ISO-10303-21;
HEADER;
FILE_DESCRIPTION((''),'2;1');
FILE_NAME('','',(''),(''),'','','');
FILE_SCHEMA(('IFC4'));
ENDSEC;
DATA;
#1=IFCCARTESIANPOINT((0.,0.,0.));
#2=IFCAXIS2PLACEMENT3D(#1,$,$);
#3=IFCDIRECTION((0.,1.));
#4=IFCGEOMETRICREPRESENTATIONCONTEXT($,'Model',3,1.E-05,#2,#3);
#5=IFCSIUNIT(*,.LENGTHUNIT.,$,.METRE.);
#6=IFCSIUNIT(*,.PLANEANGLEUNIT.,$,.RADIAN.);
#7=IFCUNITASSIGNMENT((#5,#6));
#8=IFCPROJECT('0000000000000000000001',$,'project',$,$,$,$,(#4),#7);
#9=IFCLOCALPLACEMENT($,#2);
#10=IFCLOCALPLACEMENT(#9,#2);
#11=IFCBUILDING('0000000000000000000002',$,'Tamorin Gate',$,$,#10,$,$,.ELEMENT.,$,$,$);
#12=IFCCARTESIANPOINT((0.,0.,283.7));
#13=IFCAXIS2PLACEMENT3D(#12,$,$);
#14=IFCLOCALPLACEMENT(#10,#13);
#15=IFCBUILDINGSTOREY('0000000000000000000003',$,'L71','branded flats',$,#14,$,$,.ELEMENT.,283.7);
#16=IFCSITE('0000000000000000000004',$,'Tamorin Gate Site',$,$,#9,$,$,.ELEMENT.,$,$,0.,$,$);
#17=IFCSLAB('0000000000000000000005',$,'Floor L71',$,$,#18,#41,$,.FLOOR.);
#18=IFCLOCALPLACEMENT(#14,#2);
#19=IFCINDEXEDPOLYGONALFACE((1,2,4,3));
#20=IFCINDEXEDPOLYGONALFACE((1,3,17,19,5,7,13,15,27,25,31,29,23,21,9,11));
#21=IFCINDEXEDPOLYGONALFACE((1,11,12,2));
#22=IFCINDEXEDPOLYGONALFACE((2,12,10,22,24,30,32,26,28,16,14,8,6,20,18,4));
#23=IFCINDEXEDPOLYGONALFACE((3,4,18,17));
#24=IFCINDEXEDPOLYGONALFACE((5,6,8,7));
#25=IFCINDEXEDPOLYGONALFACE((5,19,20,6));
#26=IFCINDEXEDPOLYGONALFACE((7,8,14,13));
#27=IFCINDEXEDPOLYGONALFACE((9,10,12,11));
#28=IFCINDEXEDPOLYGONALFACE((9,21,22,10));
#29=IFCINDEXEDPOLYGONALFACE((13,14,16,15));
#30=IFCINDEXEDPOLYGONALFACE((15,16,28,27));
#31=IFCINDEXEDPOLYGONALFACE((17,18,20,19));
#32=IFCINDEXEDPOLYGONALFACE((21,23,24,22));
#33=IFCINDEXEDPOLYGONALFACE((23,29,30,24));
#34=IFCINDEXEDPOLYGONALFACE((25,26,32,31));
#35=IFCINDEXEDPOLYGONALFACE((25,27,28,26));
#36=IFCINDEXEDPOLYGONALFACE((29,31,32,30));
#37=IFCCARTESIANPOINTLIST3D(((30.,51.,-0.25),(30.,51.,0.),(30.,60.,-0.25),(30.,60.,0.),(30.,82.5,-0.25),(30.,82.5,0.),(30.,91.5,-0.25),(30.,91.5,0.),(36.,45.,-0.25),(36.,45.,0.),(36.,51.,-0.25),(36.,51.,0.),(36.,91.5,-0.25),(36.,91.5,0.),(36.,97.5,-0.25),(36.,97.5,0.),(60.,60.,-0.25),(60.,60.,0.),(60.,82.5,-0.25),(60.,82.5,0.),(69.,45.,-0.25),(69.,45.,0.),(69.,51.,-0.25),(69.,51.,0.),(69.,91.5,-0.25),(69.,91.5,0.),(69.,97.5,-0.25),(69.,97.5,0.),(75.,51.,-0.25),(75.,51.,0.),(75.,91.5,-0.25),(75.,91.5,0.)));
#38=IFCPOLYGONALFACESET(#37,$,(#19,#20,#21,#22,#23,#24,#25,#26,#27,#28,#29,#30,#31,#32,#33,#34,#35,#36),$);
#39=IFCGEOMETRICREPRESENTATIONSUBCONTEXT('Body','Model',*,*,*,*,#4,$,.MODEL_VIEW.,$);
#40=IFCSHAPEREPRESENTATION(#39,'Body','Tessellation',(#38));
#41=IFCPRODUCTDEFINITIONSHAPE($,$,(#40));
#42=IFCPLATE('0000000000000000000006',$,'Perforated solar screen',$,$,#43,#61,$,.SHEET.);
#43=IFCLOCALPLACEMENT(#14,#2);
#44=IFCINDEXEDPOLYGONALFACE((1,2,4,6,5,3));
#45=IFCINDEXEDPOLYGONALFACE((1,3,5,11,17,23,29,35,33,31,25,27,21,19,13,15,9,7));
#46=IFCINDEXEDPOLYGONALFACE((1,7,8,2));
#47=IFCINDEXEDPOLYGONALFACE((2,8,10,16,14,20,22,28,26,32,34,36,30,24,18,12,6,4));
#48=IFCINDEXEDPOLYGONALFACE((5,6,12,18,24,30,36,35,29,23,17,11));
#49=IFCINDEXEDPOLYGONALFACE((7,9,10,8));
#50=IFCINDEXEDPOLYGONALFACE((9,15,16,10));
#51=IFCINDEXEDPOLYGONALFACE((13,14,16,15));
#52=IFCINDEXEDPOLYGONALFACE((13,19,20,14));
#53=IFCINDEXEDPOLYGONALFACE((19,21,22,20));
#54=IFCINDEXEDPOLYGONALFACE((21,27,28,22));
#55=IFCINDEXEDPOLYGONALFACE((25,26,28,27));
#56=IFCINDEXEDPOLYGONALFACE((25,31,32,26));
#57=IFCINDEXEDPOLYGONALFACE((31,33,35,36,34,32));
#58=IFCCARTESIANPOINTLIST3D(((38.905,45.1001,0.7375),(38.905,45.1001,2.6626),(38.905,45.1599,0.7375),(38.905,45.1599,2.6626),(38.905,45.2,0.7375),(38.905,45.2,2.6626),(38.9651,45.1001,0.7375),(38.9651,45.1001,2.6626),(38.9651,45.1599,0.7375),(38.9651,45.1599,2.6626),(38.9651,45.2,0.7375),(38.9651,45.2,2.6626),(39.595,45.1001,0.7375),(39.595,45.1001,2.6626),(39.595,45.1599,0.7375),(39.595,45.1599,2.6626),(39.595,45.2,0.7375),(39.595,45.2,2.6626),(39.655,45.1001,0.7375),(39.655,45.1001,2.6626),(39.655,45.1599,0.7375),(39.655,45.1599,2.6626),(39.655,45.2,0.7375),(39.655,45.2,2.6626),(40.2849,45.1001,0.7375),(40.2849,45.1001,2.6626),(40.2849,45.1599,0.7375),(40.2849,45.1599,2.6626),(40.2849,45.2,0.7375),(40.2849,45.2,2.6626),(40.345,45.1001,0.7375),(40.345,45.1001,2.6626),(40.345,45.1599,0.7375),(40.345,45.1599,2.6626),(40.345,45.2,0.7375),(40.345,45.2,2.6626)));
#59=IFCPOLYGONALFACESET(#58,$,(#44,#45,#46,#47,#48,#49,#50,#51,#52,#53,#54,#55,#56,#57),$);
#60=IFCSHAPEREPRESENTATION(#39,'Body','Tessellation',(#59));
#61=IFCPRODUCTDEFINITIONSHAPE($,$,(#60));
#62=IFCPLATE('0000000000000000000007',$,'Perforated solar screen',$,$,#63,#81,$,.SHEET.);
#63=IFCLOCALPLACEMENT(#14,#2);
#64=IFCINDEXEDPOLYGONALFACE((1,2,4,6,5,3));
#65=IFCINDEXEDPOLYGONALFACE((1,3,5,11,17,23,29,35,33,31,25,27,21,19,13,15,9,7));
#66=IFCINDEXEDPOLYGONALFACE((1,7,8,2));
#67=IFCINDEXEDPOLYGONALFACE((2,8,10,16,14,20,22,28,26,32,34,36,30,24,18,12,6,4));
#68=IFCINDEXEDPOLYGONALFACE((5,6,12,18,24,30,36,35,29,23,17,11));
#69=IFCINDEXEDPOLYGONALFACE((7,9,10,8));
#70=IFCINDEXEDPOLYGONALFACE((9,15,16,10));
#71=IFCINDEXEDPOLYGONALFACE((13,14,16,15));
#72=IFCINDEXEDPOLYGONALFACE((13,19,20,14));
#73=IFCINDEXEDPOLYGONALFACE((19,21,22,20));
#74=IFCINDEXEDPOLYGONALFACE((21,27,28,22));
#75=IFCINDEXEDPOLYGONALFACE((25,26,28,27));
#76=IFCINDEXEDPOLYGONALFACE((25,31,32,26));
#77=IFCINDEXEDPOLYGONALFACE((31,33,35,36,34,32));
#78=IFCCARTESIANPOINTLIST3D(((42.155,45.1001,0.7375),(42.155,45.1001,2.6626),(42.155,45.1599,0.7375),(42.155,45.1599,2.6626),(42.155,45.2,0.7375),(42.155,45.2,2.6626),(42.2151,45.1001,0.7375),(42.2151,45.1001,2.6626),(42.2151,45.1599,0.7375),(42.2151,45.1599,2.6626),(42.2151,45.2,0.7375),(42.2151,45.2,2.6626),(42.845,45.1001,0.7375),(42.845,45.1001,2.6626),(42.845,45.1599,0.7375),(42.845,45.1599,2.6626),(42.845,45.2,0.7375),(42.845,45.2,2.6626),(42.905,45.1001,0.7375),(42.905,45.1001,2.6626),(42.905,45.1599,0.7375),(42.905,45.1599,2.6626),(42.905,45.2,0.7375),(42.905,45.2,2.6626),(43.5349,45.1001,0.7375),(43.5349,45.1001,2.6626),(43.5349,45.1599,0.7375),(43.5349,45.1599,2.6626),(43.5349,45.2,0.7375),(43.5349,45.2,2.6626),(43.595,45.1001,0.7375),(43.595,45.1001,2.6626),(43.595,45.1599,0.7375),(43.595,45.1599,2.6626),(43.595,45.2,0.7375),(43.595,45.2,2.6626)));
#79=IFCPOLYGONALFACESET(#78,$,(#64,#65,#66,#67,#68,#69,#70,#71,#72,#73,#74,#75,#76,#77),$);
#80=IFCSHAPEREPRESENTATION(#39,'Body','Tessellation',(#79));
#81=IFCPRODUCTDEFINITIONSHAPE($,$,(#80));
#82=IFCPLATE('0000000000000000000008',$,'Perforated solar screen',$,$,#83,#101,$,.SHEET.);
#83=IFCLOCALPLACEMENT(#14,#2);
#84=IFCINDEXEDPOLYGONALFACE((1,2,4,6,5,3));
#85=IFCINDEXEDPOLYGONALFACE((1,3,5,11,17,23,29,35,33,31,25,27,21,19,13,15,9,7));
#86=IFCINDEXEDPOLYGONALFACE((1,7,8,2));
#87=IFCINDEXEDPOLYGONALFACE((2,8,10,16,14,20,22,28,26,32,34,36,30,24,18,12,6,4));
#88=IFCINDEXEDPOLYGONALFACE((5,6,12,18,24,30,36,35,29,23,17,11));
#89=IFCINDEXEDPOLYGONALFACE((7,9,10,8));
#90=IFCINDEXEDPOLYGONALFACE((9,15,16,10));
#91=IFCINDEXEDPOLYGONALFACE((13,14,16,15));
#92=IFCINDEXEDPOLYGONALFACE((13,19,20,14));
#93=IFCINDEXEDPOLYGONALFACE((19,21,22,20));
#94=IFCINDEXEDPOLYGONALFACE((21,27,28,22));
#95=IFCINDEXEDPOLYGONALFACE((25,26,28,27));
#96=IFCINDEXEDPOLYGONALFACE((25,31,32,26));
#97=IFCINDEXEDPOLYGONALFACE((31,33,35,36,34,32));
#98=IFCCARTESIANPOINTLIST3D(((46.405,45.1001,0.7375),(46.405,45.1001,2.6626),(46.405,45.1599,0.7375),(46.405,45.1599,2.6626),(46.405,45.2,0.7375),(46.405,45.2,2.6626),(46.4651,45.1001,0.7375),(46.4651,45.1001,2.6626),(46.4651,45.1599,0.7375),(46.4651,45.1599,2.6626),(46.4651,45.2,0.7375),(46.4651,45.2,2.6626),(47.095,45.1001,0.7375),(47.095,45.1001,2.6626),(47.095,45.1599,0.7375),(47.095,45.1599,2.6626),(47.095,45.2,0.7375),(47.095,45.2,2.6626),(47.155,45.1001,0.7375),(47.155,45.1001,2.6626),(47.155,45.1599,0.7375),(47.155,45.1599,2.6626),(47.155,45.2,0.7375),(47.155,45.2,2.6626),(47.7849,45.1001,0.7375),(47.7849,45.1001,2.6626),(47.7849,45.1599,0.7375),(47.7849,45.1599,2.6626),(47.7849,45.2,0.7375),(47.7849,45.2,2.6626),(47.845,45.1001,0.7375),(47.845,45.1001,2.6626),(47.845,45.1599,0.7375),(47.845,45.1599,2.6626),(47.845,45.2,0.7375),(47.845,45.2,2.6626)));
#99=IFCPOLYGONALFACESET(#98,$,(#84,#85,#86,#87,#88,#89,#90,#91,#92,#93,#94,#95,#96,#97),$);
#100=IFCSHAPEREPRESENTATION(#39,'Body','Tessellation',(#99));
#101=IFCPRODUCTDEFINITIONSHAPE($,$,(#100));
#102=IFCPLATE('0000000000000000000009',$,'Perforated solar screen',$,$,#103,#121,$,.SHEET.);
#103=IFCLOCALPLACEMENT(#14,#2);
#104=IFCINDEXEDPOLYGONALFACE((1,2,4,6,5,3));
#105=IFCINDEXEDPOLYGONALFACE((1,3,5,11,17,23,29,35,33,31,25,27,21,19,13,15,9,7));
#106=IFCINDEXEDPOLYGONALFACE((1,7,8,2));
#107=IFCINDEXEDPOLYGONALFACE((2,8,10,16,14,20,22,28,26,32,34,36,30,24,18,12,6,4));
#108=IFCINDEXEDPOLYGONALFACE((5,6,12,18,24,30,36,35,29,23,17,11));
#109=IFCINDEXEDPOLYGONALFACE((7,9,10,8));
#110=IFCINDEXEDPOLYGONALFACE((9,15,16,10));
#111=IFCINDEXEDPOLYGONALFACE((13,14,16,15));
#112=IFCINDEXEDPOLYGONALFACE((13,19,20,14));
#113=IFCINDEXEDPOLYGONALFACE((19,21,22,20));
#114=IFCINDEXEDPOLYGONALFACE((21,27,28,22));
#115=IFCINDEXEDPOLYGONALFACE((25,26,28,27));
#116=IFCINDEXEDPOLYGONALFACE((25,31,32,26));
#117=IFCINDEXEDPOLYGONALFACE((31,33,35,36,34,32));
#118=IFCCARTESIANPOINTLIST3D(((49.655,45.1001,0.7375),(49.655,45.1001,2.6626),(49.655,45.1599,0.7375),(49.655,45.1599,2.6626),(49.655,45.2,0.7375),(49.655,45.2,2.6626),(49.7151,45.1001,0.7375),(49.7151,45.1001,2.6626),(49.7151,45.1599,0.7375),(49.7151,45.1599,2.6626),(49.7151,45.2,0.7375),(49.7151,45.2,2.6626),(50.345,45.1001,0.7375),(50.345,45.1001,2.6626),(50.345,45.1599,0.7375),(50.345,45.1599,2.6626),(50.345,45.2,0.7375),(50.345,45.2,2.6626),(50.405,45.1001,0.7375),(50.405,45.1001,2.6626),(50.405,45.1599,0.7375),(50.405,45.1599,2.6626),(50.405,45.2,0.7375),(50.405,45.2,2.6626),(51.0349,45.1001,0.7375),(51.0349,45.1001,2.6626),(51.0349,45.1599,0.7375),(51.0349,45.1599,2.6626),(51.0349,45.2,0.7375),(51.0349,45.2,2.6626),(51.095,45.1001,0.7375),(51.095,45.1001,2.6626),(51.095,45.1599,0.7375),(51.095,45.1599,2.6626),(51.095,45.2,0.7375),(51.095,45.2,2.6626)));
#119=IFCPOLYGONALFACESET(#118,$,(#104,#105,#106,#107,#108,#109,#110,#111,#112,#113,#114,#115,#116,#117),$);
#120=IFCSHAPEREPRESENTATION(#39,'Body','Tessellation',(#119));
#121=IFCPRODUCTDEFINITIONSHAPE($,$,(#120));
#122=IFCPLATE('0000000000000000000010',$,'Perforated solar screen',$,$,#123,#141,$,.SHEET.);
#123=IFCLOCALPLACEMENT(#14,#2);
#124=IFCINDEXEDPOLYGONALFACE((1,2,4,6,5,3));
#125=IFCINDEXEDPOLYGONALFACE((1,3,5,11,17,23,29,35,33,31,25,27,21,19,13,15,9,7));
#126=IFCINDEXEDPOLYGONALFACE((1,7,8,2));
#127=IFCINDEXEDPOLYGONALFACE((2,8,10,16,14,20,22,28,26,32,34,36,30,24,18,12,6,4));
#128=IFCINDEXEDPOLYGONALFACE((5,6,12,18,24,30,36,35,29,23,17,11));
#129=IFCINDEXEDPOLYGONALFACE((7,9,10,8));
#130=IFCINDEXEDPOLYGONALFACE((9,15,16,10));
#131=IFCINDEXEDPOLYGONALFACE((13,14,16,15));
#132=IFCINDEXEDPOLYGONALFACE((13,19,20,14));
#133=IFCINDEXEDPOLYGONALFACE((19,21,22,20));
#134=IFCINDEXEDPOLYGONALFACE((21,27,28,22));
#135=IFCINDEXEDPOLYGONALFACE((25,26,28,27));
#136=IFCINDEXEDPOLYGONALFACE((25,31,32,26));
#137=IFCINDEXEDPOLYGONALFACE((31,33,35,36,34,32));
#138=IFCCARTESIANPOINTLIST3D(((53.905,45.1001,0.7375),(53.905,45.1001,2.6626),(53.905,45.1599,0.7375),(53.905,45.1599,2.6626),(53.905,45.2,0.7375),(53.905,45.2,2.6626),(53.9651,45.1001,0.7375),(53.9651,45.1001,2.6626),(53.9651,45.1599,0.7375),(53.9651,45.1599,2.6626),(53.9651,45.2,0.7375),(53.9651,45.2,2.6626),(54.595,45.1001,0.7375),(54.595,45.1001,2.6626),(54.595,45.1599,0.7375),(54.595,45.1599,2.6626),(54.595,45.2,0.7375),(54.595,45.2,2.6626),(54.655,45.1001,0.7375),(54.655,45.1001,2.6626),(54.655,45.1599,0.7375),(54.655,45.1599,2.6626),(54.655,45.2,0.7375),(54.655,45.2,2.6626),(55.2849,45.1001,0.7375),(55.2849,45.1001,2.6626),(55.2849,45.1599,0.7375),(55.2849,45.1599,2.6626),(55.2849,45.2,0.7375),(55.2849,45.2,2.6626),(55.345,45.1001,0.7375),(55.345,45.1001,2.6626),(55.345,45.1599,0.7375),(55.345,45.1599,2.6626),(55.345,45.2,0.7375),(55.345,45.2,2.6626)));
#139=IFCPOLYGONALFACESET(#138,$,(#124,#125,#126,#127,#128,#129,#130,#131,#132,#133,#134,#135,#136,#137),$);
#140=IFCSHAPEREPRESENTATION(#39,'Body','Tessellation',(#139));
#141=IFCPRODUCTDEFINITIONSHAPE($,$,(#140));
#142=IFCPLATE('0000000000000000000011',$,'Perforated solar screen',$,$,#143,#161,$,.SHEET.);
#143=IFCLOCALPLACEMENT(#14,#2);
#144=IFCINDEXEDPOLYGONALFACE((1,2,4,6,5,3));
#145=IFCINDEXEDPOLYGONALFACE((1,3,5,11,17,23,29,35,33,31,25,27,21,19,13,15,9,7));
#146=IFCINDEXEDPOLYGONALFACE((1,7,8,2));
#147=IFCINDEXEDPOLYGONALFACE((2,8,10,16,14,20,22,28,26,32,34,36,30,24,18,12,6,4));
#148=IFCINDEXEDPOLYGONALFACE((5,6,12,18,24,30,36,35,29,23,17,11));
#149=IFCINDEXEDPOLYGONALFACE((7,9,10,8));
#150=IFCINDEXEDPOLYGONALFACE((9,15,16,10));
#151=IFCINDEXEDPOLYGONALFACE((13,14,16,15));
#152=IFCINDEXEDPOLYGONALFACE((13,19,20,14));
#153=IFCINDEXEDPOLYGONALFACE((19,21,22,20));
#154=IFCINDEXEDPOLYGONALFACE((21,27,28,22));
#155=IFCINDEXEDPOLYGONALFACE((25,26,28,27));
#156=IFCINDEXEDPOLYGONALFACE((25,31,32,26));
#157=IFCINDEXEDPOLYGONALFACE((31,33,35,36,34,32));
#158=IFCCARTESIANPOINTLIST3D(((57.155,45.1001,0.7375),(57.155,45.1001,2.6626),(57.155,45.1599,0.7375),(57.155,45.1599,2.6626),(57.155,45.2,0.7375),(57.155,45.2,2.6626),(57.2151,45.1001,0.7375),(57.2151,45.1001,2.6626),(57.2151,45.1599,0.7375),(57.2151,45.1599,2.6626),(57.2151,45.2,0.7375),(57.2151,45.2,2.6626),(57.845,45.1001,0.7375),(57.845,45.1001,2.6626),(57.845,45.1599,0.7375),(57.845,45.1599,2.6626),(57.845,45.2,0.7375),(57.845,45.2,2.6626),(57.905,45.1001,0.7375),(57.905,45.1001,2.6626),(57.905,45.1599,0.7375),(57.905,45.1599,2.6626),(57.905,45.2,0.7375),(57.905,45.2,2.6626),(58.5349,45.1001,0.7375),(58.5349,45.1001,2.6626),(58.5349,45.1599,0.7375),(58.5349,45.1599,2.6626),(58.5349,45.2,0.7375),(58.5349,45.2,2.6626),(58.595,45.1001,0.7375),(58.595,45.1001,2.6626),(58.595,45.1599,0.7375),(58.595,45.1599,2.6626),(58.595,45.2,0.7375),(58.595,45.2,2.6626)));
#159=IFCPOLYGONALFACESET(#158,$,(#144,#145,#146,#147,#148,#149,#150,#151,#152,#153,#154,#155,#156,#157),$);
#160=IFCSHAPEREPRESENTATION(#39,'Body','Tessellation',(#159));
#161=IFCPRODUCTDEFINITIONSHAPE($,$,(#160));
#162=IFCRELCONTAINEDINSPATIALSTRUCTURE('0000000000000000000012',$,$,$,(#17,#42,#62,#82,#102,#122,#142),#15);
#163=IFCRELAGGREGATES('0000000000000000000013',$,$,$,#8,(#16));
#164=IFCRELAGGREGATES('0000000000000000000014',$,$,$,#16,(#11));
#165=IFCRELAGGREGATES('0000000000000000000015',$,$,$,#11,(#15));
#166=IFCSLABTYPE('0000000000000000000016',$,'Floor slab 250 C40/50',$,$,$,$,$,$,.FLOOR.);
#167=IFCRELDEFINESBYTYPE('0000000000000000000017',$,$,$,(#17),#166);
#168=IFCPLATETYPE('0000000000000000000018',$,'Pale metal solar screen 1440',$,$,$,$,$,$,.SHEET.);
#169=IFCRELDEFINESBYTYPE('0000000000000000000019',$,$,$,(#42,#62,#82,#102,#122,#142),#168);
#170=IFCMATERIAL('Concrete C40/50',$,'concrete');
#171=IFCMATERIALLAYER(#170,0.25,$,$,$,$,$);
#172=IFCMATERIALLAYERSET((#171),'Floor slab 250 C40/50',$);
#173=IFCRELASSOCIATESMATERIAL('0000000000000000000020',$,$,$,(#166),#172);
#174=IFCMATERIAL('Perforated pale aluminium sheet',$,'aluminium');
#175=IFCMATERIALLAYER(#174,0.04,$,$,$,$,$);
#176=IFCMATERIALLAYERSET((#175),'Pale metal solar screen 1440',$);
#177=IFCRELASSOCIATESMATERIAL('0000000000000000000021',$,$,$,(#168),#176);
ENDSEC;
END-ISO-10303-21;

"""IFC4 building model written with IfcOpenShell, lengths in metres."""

from ifc_helpers import new_model, si_unit, direction, frame, origin, place, context, subcontext, project, spatial, polyline, outline, extrude, material, layer, layer_set, type_object, element, save


model = new_model("IFC4")

# Units and contexts
model_context = context("Model", 3, precision=1e-05, world=origin(), true_north=direction((0.0, 1.0)))
body_context = subcontext(model_context, "Body", "Model", "MODEL_VIEW")
ifc_project = project(units=[si_unit("LENGTHUNIT", "METRE"), si_unit("PLANEANGLEUNIT", "RADIAN")], contexts=[model_context])

# Site, building, storey
site_placement = place(None, origin())
site = spatial("IfcSite", under=ifc_project, at=site_placement, Name="Tamorin Gate Site", CompositionType="ELEMENT", RefElevation=0.0)
building_placement = place(site_placement, origin())
building = spatial("IfcBuilding", under=site, at=building_placement, Name="Tamorin Gate", CompositionType="ELEMENT")
storey_placement = place(building_placement, frame((0.0, 0.0, 283.7)))
storey = spatial("IfcBuildingStorey", under=building, at=storey_placement, Name="L71", Description="branded flats", CompositionType="ELEMENT", Elevation=283.7)

# Slab
ifc_material_1 = material(Name="Concrete C40/50", Category="concrete")
ifc_layer_1 = layer(ifc_material_1, 0.25)
ifc_layer_set_1 = layer_set([ifc_layer_1], Name="Floor slab 250 C40/50")
slab_type = type_object("IfcSlabType", Name="Floor slab 250 C40/50", PredefinedType="FLOOR", material=ifc_layer_set_1)
slab_placement = place(storey_placement, frame((0.0, 0.0, -0.25)))
element("IfcSlab", 1, at=slab_placement, inside=storey, type_object=slab_type, Name="Floor L71", PredefinedType="FLOOR", context=body_context, shape_type="SweptSolid", body=[
    extrude(outline(polyline([(30.0, 91.5), (36.0, 91.5), (36.0, 97.5), (69.0, 97.5), (69.0, 91.5), (75.0, 91.5), (75.0, 51.0), (69.0, 51.0), (69.0, 45.0), (36.0, 45.0), (36.0, 51.0), (30.0, 51.0), (30.0, 60.0), (60.0, 60.0), (60.0, 82.5), (30.0, 82.5), (30.0, 91.5)])), origin(), (0.0, 0.0, 1.0), 0.25),
])

# Plates
ifc_material_2 = material(Name="Perforated pale aluminium sheet", Category="aluminium")
ifc_layer_2 = layer(ifc_material_2, 0.04)
ifc_layer_set_2 = layer_set([ifc_layer_2], Name="Pale metal solar screen 1440")
plate_type = type_object("IfcPlateType", Name="Pale metal solar screen 1440", PredefinedType="SHEET", material=ifc_layer_set_2)
plate_1_placement = place(storey_placement, frame((0.0, 0.0, 0.7375)))
element("IfcPlate", 2, at=plate_1_placement, inside=storey, type_object=plate_type, Name="Perforated solar screen", PredefinedType="SHEET", context=body_context, shape_type="SweptSolid", body=[
    extrude(outline(polyline([(38.905, 45.1599), (38.905, 45.2), (38.9651, 45.2), (39.595, 45.2), (39.655, 45.2), (40.2849, 45.2), (40.345, 45.2), (40.345, 45.2), (40.345, 45.1599), (40.345, 45.1599), (40.345, 45.1001), (40.2849, 45.1001), (40.2849, 45.1599), (39.655, 45.1599), (39.655, 45.1001), (39.595, 45.1001), (39.595, 45.1599), (38.9651, 45.1599), (38.9651, 45.1001), (38.905, 45.1001), (38.905, 45.1599)])), origin(), (0.0, 0.0, 1.0), 1.925),
])
plate_2_placement = place(storey_placement, frame((0.0, 0.0, 0.7375)))
element("IfcPlate", 3, at=plate_2_placement, inside=storey, type_object=plate_type, Name="Perforated solar screen", PredefinedType="SHEET", context=body_context, shape_type="SweptSolid", body=[
    extrude(outline(polyline([(42.155, 45.1599), (42.155, 45.2), (42.2151, 45.2), (42.845, 45.2), (42.905, 45.2), (43.5349, 45.2), (43.595, 45.2), (43.595, 45.2), (43.595, 45.1599), (43.595, 45.1599), (43.595, 45.1001), (43.5349, 45.1001), (43.5349, 45.1599), (42.905, 45.1599), (42.905, 45.1001), (42.845, 45.1001), (42.845, 45.1599), (42.2151, 45.1599), (42.2151, 45.1001), (42.155, 45.1001), (42.155, 45.1599)])), origin(), (0.0, 0.0, 1.0), 1.925),
])
plate_3_placement = place(storey_placement, frame((0.0, 0.0, 0.7375)))
element("IfcPlate", 4, at=plate_3_placement, inside=storey, type_object=plate_type, Name="Perforated solar screen", PredefinedType="SHEET", context=body_context, shape_type="SweptSolid", body=[
    extrude(outline(polyline([(46.405, 45.1599), (46.405, 45.2), (46.4651, 45.2), (47.095, 45.2), (47.155, 45.2), (47.7849, 45.2), (47.845, 45.2), (47.845, 45.1599), (47.845, 45.1001), (47.7849, 45.1001), (47.7849, 45.1599), (47.155, 45.1599), (47.155, 45.1001), (47.095, 45.1001), (47.095, 45.1599), (46.4651, 45.1599), (46.4651, 45.1001), (46.405, 45.1001), (46.405, 45.1599)])), origin(), (0.0, 0.0, 1.0), 1.925),
])
plate_4_placement = place(storey_placement, frame((0.0, 0.0, 0.7375)))
element("IfcPlate", 5, at=plate_4_placement, inside=storey, type_object=plate_type, Name="Perforated solar screen", PredefinedType="SHEET", context=body_context, shape_type="SweptSolid", body=[
    extrude(outline(polyline([(49.655, 45.1599), (49.655, 45.2), (49.7151, 45.2), (50.345, 45.2), (50.405, 45.2), (51.0349, 45.2), (51.095, 45.2), (51.095, 45.1599), (51.095, 45.1001), (51.0349, 45.1001), (51.0349, 45.1599), (50.405, 45.1599), (50.405, 45.1001), (50.345, 45.1001), (50.345, 45.1599), (49.7151, 45.1599), (49.7151, 45.1001), (49.655, 45.1001), (49.655, 45.1599)])), origin(), (0.0, 0.0, 1.0), 1.925),
])
plate_5_placement = place(storey_placement, frame((0.0, 0.0, 0.7375)))
element("IfcPlate", 6, at=plate_5_placement, inside=storey, type_object=plate_type, Name="Perforated solar screen", PredefinedType="SHEET", context=body_context, shape_type="SweptSolid", body=[
    extrude(outline(polyline([(53.905, 45.1599), (53.905, 45.2), (53.9651, 45.2), (54.595, 45.2), (54.655, 45.2), (55.2849, 45.2), (55.345, 45.2), (55.345, 45.1599), (55.345, 45.1001), (55.2849, 45.1001), (55.2849, 45.1599), (54.655, 45.1599), (54.655, 45.1001), (54.595, 45.1001), (54.595, 45.1599), (53.9651, 45.1599), (53.9651, 45.1001), (53.905, 45.1001), (53.905, 45.1599)])), origin(), (0.0, 0.0, 1.0), 1.925),
])
plate_6_placement = place(storey_placement, frame((0.0, 0.0, 0.7375)))
element("IfcPlate", 7, at=plate_6_placement, inside=storey, type_object=plate_type, Name="Perforated solar screen", PredefinedType="SHEET", context=body_context, shape_type="SweptSolid", body=[
    extrude(outline(polyline([(57.155, 45.1599), (57.155, 45.2), (57.2151, 45.2), (57.845, 45.2), (57.905, 45.2), (58.5349, 45.2), (58.595, 45.2), (58.595, 45.1599), (58.595, 45.1001), (58.5349, 45.1001), (58.5349, 45.1599), (57.905, 45.1599), (57.905, 45.1001), (57.845, 45.1001), (57.845, 45.1599), (57.2151, 45.1599), (57.2151, 45.1001), (57.155, 45.1001), (57.155, 45.1599)])), origin(), (0.0, 0.0, 1.0), 1.925),
])

save(model, "model.ifc")
